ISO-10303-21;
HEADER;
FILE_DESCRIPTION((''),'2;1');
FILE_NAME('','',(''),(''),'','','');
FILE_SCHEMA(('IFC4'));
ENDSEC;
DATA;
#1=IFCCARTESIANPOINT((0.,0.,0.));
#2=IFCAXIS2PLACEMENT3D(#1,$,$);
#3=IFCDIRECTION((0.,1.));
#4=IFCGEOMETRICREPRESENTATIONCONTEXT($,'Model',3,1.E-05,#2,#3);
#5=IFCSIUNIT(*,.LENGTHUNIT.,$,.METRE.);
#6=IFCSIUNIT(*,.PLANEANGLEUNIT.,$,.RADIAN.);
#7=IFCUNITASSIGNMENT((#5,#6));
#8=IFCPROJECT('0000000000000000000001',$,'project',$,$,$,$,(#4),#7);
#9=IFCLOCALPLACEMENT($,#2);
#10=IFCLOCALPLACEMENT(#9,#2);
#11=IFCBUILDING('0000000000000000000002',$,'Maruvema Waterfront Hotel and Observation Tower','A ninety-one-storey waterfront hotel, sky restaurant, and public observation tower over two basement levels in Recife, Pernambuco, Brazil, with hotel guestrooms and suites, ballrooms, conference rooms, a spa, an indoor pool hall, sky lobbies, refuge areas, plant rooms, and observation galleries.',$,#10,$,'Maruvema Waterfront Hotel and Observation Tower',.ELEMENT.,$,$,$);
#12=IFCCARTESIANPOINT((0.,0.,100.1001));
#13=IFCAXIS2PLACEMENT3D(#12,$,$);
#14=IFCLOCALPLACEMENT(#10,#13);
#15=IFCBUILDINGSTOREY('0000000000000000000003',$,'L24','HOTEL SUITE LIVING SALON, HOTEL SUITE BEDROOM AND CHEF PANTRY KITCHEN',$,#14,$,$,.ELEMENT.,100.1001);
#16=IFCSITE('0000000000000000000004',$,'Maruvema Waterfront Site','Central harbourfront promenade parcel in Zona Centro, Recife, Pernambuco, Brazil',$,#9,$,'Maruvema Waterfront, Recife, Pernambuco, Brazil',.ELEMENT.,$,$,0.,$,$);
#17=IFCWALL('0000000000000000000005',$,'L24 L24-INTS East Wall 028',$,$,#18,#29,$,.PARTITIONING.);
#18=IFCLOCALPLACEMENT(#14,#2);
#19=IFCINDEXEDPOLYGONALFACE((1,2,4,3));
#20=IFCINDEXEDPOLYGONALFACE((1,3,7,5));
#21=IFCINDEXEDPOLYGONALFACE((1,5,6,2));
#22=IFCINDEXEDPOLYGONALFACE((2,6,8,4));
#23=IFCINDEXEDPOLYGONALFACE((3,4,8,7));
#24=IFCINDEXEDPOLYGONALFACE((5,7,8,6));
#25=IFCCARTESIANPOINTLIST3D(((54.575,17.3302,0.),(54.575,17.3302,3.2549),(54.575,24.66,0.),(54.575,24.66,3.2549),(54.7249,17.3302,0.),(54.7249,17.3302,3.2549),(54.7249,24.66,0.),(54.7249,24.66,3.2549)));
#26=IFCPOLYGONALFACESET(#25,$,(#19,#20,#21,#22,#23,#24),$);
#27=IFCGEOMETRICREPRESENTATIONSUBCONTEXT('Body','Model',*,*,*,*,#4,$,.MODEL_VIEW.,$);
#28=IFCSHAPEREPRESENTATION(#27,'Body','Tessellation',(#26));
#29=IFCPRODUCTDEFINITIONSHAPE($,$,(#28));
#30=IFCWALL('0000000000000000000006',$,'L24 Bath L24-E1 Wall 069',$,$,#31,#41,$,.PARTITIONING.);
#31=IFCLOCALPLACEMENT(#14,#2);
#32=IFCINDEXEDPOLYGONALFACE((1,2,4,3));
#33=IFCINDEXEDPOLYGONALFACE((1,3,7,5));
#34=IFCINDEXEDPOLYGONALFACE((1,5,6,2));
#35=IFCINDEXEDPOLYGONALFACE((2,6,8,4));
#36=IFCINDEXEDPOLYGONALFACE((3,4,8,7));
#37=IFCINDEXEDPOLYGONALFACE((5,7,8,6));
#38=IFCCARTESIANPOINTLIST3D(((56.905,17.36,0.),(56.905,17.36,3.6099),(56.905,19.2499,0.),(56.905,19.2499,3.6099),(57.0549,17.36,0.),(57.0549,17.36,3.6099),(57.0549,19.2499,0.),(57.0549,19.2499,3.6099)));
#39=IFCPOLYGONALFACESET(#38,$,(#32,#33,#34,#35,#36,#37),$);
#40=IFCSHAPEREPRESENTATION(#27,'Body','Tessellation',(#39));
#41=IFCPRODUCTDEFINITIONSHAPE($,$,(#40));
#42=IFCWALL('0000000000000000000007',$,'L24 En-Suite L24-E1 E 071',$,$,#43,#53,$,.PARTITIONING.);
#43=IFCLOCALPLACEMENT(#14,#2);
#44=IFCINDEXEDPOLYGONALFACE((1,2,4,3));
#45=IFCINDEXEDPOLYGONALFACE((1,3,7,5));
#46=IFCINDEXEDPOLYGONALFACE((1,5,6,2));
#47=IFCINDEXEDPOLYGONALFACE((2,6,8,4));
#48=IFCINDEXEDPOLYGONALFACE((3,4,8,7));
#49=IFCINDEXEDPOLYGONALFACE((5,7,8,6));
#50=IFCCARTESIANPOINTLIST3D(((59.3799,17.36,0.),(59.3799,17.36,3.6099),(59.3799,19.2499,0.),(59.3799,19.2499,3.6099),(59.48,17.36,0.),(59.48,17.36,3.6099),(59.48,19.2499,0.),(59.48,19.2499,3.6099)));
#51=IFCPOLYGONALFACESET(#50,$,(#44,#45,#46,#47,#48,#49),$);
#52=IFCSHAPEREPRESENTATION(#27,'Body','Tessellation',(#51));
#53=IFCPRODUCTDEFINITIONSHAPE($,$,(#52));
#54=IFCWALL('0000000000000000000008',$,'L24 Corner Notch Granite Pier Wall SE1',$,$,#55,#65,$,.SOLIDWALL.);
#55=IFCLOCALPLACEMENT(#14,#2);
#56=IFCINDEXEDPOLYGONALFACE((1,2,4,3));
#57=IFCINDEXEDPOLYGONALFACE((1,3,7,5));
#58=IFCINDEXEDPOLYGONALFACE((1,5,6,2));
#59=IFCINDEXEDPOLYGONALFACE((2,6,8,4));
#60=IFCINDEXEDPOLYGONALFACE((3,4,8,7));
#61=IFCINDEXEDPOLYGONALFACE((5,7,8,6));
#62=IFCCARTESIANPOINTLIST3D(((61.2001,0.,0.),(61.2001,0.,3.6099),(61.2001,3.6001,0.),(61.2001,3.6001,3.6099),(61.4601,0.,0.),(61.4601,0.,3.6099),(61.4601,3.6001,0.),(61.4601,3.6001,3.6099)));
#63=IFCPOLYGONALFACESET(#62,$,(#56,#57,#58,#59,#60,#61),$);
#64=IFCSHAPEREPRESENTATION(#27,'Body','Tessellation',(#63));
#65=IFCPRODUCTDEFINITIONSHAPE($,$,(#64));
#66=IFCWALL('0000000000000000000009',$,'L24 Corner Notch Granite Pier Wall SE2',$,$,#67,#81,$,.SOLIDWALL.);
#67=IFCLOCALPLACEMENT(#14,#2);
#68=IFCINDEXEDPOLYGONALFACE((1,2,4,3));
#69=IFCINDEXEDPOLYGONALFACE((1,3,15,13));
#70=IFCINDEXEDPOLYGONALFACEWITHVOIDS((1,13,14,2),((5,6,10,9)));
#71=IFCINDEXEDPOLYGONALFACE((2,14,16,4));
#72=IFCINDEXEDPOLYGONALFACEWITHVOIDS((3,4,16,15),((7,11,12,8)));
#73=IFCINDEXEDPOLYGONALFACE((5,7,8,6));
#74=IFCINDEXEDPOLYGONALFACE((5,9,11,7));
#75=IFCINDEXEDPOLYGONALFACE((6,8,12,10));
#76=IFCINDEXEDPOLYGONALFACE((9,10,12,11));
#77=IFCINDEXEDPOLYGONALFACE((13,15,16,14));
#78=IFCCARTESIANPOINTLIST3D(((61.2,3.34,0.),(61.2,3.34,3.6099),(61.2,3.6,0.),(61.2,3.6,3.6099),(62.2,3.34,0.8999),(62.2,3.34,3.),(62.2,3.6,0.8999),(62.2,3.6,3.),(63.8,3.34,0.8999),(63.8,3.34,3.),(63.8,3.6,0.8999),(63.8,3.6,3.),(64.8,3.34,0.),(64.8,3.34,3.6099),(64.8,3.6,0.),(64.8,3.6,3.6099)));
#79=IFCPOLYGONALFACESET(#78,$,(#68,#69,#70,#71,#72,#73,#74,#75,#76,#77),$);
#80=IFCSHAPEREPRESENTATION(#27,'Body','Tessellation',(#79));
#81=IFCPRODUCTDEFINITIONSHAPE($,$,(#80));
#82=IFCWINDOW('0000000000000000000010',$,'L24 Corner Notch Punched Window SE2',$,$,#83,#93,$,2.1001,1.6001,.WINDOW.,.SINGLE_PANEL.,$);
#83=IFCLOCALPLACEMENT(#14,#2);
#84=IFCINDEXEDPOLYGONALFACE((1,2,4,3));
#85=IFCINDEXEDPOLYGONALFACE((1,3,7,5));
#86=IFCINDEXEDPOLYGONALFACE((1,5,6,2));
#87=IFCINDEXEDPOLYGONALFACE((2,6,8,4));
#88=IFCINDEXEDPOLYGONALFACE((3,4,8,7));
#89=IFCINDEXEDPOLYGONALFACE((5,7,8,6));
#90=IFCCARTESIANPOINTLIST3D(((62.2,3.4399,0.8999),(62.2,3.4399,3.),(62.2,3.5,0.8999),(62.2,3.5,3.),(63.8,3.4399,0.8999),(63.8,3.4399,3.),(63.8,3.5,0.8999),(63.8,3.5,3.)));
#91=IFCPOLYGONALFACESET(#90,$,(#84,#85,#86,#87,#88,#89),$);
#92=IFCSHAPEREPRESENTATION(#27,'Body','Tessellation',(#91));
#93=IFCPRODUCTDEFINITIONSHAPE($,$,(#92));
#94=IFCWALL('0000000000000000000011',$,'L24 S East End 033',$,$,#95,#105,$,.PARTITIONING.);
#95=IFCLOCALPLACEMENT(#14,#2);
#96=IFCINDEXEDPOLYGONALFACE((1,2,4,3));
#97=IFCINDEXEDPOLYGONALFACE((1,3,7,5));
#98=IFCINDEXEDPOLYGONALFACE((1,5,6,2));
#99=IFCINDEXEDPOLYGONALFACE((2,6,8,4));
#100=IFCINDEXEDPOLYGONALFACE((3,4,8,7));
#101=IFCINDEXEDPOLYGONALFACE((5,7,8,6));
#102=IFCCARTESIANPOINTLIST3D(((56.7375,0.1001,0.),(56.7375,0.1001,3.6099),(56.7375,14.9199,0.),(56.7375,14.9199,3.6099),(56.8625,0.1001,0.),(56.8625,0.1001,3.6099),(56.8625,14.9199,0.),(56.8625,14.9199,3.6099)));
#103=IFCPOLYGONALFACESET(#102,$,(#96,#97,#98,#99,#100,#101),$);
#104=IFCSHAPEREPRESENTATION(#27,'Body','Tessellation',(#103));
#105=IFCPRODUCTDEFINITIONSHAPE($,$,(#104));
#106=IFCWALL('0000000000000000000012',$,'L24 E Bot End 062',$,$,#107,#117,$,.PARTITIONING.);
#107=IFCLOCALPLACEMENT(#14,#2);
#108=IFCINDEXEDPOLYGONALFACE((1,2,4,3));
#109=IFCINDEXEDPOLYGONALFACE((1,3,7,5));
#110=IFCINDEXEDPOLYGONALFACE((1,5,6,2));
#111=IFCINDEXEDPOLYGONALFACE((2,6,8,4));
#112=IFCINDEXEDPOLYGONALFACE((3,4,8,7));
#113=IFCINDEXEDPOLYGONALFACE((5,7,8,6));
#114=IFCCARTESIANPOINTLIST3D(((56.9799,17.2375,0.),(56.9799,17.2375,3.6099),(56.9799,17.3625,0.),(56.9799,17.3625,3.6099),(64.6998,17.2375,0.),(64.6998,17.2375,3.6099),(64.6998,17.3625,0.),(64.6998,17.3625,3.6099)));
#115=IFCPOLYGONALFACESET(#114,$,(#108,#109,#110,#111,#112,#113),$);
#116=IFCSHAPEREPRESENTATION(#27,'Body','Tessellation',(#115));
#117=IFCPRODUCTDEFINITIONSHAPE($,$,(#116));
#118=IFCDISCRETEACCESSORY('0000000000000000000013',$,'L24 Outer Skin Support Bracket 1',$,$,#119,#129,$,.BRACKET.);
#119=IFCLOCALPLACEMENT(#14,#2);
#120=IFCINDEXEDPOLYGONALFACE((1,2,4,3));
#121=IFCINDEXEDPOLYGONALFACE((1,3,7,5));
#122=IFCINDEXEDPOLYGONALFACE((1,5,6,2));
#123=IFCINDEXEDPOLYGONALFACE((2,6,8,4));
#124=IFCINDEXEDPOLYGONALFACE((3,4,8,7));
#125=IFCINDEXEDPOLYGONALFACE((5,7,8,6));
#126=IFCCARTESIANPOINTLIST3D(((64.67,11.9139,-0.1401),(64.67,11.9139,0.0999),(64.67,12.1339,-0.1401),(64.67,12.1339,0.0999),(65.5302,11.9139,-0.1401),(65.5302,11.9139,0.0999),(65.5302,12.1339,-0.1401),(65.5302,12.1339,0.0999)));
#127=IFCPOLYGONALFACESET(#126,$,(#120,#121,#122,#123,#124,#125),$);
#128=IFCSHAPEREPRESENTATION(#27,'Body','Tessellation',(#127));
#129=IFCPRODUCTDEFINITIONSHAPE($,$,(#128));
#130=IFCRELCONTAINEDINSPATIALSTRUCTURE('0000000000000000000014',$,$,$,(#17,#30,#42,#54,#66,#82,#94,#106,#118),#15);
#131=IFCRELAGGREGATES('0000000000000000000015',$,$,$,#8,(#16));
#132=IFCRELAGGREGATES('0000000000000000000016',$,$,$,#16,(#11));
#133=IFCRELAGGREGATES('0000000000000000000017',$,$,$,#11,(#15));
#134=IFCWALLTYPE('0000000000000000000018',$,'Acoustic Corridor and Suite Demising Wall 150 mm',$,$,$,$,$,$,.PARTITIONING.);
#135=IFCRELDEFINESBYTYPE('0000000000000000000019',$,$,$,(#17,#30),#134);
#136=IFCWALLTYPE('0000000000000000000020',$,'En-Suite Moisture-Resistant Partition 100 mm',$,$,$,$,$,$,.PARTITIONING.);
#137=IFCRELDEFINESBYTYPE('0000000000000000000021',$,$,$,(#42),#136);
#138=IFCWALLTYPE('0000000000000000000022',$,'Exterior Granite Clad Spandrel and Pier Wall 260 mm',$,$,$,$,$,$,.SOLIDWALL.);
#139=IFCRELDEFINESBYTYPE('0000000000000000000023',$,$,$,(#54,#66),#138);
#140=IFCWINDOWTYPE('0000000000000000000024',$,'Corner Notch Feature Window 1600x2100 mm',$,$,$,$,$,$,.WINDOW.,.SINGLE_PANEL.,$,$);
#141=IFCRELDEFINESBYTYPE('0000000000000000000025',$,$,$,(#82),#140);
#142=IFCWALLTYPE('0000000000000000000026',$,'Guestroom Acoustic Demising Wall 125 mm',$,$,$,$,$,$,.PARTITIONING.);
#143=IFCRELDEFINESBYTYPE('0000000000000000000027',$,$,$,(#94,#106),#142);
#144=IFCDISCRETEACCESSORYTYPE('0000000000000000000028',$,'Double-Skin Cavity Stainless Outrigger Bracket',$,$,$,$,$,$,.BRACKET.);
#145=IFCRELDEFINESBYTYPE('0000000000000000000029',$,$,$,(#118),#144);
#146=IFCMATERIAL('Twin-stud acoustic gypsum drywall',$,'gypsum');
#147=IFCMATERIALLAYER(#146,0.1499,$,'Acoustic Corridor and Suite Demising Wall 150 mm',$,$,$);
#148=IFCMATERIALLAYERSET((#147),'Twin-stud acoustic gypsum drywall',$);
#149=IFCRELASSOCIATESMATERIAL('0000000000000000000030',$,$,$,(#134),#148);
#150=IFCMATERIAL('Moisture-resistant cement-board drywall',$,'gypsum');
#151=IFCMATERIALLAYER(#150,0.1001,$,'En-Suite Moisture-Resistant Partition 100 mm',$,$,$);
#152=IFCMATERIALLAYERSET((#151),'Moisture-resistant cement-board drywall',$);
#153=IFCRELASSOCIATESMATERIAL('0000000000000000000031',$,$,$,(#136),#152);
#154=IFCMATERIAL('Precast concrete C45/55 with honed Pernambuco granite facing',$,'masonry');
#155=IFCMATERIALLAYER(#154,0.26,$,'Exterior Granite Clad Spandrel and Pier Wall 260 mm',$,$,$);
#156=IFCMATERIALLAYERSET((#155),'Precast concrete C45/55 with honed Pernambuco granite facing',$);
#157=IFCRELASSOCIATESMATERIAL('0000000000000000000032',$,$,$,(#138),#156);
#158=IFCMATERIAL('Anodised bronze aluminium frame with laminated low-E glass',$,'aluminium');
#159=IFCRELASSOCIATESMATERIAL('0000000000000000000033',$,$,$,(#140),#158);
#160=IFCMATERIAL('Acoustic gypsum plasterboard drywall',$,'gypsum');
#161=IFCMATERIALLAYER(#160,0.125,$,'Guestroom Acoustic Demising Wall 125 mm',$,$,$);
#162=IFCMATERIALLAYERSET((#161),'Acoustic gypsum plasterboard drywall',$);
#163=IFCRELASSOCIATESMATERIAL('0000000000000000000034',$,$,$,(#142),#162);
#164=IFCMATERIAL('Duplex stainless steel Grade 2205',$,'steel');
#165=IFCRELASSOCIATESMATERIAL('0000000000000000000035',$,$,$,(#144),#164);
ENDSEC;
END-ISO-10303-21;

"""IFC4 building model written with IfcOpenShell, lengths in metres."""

from ifc_helpers import new_model, si_unit, direction, frame, frame_2d, origin, origin_2d, place, context, subcontext, project, spatial, rectangle, extrude, material, layer, layer_set, type_object, element, fill, save


model = new_model("IFC4")

# Units and contexts
model_context = context("Model", 3, precision=1e-05, world=origin(), true_north=direction((0.0, 1.0)))
body_context = subcontext(model_context, "Body", "Model", "MODEL_VIEW")
ifc_project = project(units=[si_unit("LENGTHUNIT", "METRE"), si_unit("PLANEANGLEUNIT", "RADIAN")], contexts=[model_context])

# Site, building, storey
site_placement = place(None, origin())
site = spatial("IfcSite", under=ifc_project, at=site_placement, Name="Maruvema Waterfront Site", Description="Central harbourfront promenade parcel in Zona Centro, Recife, Pernambuco, Brazil", LongName="Maruvema Waterfront, Recife, Pernambuco, Brazil", CompositionType="ELEMENT", RefElevation=0.0)
building_placement = place(site_placement, origin())
building = spatial("IfcBuilding", under=site, at=building_placement, Name="Maruvema Waterfront Hotel and Observation Tower", Description="A ninety-one-storey waterfront hotel, sky restaurant, and public observation tower over two basement levels in Recife, Pernambuco, Brazil, with hotel guestrooms and suites, ballrooms, conference rooms, a spa, an indoor pool hall, sky lobbies, refuge areas, plant rooms, and observation galleries.", LongName="Maruvema Waterfront Hotel and Observation Tower", CompositionType="ELEMENT")
storey_placement = place(building_placement, frame((0.0, 0.0, 100.1001)))
storey = spatial("IfcBuildingStorey", under=building, at=storey_placement, Name="L24", Description="HOTEL SUITE LIVING SALON, HOTEL SUITE BEDROOM AND CHEF PANTRY KITCHEN", CompositionType="ELEMENT", Elevation=100.1001)

# Walls
ifc_material_1 = material(Name="Twin-stud acoustic gypsum drywall", Category="gypsum")
ifc_layer_1 = layer(ifc_material_1, 0.1499, Name="Acoustic Corridor and Suite Demising Wall 150 mm")
ifc_layer_set_1 = layer_set([ifc_layer_1], Name="Twin-stud acoustic gypsum drywall")
wall_type_1 = type_object("IfcWallType", Name="Acoustic Corridor and Suite Demising Wall 150 mm", PredefinedType="PARTITIONING", material=ifc_layer_set_1)
wall_1_placement = place(storey_placement, frame((54.6499, 17.3301, 0.0), z_axis=(0.0, 0.0, 1.0), x_axis=(0.0, 1.0, 0.0)))
element("IfcWall", 1, at=wall_1_placement, inside=storey, type_object=wall_type_1, Name="L24 L24-INTS East Wall 028", PredefinedType="PARTITIONING", context=body_context, shape_type="SweptSolid", body=[
    extrude(rectangle(XDim=7.3298, YDim=0.1499, at=frame_2d((3.665, 0.0))), origin(), (0.0, 0.0, 1.0), 3.2549),
])
wall_2_placement = place(storey_placement, frame((56.98, 17.3601, 0.0), z_axis=(0.0, 0.0, 1.0), x_axis=(0.0, 1.0, 0.0)))
element("IfcWall", 2, at=wall_2_placement, inside=storey, type_object=wall_type_1, Name="L24 Bath L24-E1 Wall 069", PredefinedType="PARTITIONING", context=body_context, shape_type="SweptSolid", body=[
    extrude(rectangle(XDim=1.8899, YDim=0.1499, at=frame_2d((0.9448, 0.0))), origin(), (0.0, 0.0, 1.0), 3.6099),
])
ifc_material_2 = material(Name="Moisture-resistant cement-board drywall", Category="gypsum")
ifc_layer_2 = layer(ifc_material_2, 0.1001, Name="En-Suite Moisture-Resistant Partition 100 mm")
ifc_layer_set_2 = layer_set([ifc_layer_2], Name="Moisture-resistant cement-board drywall")
wall_type_2 = type_object("IfcWallType", Name="En-Suite Moisture-Resistant Partition 100 mm", PredefinedType="PARTITIONING", material=ifc_layer_set_2)
wall_3_placement = place(storey_placement, frame((59.4299, 17.3601, 0.0), z_axis=(0.0, 0.0, 1.0), x_axis=(0.0, 1.0, 0.0)))
element("IfcWall", 3, at=wall_3_placement, inside=storey, type_object=wall_type_2, Name="L24 En-Suite L24-E1 E 071", PredefinedType="PARTITIONING", context=body_context, shape_type="SweptSolid", body=[
    extrude(rectangle(XDim=1.8899, YDim=0.1001, at=frame_2d((0.9448, 0.0))), origin(), (0.0, 0.0, 1.0), 3.6099),
])
ifc_material_3 = material(Name="Precast concrete C45/55 with honed Pernambuco granite facing", Category="masonry")
ifc_layer_3 = layer(ifc_material_3, 0.26, Name="Exterior Granite Clad Spandrel and Pier Wall 260 mm")
ifc_layer_set_3 = layer_set([ifc_layer_3], Name="Precast concrete C45/55 with honed Pernambuco granite facing")
wall_type_3 = type_object("IfcWallType", Name="Exterior Granite Clad Spandrel and Pier Wall 260 mm", PredefinedType="SOLIDWALL", material=ifc_layer_set_3)
wall_4_placement = place(storey_placement, frame((61.3301, 3.6001, 0.0), z_axis=(0.0, 0.0, 1.0), x_axis=(0.0, -1.0, 0.0)))
element("IfcWall", 4, at=wall_4_placement, inside=storey, type_object=wall_type_3, Name="L24 Corner Notch Granite Pier Wall SE1", PredefinedType="SOLIDWALL", context=body_context, shape_type="SweptSolid", body=[
    extrude(rectangle(XDim=3.6001, YDim=0.26, at=frame_2d((1.8, 0.0))), origin(), (0.0, 0.0, 1.0), 3.6099),
])

# Wall, opening, window
wall_5_placement = place(storey_placement, frame((64.8, 3.47, 0.0), z_axis=(0.0, 0.0, 1.0), x_axis=(-1.0, 0.0, 0.0)))
wall_5 = element("IfcWall", 5, at=wall_5_placement, inside=storey, type_object=wall_type_3, Name="L24 Corner Notch Granite Pier Wall SE2", PredefinedType="SOLIDWALL", context=body_context, shape_type="SweptSolid", body=[
    extrude(rectangle(XDim=3.6001, YDim=0.26, at=frame_2d((1.8, 0.0))), origin(), (0.0, 0.0, 1.0), 3.6099),
])
opening_placement = place(wall_5_placement, frame((1.0, 0.0, 0.8999)))
opening = element("IfcOpeningElement", 6, at=opening_placement, cuts=wall_5, PredefinedType="OPENING", context=body_context, shape_type="SweptSolid", body=[
    extrude(rectangle(XDim=1.6001, YDim=2.1001, at=frame_2d((0.8, 1.05))), frame((0.0, 0.1401, 0.0), z_axis=(0.0, -1.0, 0.0), x_axis=(1.0, 0.0, 0.0)), (0.0, 0.0, 1.0), 0.28),
])
ifc_material_4 = material(Name="Anodised bronze aluminium frame with laminated low-E glass", Category="aluminium")
window_type = type_object("IfcWindowType", Name="Corner Notch Feature Window 1600x2100 mm", PartitioningType="SINGLE_PANEL", PredefinedType="WINDOW", material=ifc_material_4)
window_placement = place(opening_placement, origin())
window = element("IfcWindow", 7, at=window_placement, inside=storey, type_object=window_type, Name="L24 Corner Notch Punched Window SE2", OverallHeight=2.1001, OverallWidth=1.6001, PartitioningType="SINGLE_PANEL", PredefinedType="WINDOW", context=body_context, shape_type="SweptSolid", body=[
    extrude(rectangle(XDim=1.6001, YDim=2.1001, at=frame_2d((0.8, 1.05))), frame((0.0, 0.03, 0.0), z_axis=(0.0, -1.0, 0.0), x_axis=(1.0, 0.0, 0.0)), (0.0, 0.0, 1.0), 0.0601),
])
fill(opening, window)

# Walls
ifc_material_5 = material(Name="Acoustic gypsum plasterboard drywall", Category="gypsum")
ifc_layer_4 = layer(ifc_material_5, 0.125, Name="Guestroom Acoustic Demising Wall 125 mm")
ifc_layer_set_4 = layer_set([ifc_layer_4], Name="Acoustic gypsum plasterboard drywall")
wall_type_4 = type_object("IfcWallType", Name="Guestroom Acoustic Demising Wall 125 mm", PredefinedType="PARTITIONING", material=ifc_layer_set_4)
wall_6_placement = place(storey_placement, frame((56.8, 0.1001, 0.0), z_axis=(0.0, 0.0, 1.0), x_axis=(0.0, 1.0, 0.0)))
element("IfcWall", 8, at=wall_6_placement, inside=storey, type_object=wall_type_4, Name="L24 S East End 033", PredefinedType="PARTITIONING", context=body_context, shape_type="SweptSolid", body=[
    extrude(rectangle(XDim=14.8198, YDim=0.125, at=frame_2d((7.4099, 0.0))), origin(), (0.0, 0.0, 1.0), 3.6099),
])
wall_7_placement = place(storey_placement, frame((56.98, 17.3, 0.0), z_axis=(0.0, 0.0, 1.0), x_axis=(1.0, 0.0, 0.0)))
element("IfcWall", 9, at=wall_7_placement, inside=storey, type_object=wall_type_4, Name="L24 E Bot End 062", PredefinedType="PARTITIONING", context=body_context, shape_type="SweptSolid", body=[
    extrude(rectangle(XDim=7.72, YDim=0.125, at=frame_2d((3.8599, 0.0))), origin(), (0.0, 0.0, 1.0), 3.6099),
])

# Discrete accessory
ifc_material_6 = material(Name="Duplex stainless steel Grade 2205", Category="steel")
discrete_accessory_type = type_object("IfcDiscreteAccessoryType", Name="Double-Skin Cavity Stainless Outrigger Bracket", PredefinedType="BRACKET", material=ifc_material_6)
discrete_accessory_placement = place(storey_placement, frame((65.1001, 12.0239, -0.1401), z_axis=(0.0, 0.0, 1.0), x_axis=(0.0, 1.0, 0.0)))
element("IfcDiscreteAccessory", 10, at=discrete_accessory_placement, inside=storey, type_object=discrete_accessory_type, Name="L24 Outer Skin Support Bracket 1", PredefinedType="BRACKET", context=body_context, shape_type="SweptSolid", body=[
    extrude(rectangle(XDim=0.22, YDim=0.8601, at=origin_2d()), origin(), (0.0, 0.0, 1.0), 0.24),
])

save(model, "model.ifc")
